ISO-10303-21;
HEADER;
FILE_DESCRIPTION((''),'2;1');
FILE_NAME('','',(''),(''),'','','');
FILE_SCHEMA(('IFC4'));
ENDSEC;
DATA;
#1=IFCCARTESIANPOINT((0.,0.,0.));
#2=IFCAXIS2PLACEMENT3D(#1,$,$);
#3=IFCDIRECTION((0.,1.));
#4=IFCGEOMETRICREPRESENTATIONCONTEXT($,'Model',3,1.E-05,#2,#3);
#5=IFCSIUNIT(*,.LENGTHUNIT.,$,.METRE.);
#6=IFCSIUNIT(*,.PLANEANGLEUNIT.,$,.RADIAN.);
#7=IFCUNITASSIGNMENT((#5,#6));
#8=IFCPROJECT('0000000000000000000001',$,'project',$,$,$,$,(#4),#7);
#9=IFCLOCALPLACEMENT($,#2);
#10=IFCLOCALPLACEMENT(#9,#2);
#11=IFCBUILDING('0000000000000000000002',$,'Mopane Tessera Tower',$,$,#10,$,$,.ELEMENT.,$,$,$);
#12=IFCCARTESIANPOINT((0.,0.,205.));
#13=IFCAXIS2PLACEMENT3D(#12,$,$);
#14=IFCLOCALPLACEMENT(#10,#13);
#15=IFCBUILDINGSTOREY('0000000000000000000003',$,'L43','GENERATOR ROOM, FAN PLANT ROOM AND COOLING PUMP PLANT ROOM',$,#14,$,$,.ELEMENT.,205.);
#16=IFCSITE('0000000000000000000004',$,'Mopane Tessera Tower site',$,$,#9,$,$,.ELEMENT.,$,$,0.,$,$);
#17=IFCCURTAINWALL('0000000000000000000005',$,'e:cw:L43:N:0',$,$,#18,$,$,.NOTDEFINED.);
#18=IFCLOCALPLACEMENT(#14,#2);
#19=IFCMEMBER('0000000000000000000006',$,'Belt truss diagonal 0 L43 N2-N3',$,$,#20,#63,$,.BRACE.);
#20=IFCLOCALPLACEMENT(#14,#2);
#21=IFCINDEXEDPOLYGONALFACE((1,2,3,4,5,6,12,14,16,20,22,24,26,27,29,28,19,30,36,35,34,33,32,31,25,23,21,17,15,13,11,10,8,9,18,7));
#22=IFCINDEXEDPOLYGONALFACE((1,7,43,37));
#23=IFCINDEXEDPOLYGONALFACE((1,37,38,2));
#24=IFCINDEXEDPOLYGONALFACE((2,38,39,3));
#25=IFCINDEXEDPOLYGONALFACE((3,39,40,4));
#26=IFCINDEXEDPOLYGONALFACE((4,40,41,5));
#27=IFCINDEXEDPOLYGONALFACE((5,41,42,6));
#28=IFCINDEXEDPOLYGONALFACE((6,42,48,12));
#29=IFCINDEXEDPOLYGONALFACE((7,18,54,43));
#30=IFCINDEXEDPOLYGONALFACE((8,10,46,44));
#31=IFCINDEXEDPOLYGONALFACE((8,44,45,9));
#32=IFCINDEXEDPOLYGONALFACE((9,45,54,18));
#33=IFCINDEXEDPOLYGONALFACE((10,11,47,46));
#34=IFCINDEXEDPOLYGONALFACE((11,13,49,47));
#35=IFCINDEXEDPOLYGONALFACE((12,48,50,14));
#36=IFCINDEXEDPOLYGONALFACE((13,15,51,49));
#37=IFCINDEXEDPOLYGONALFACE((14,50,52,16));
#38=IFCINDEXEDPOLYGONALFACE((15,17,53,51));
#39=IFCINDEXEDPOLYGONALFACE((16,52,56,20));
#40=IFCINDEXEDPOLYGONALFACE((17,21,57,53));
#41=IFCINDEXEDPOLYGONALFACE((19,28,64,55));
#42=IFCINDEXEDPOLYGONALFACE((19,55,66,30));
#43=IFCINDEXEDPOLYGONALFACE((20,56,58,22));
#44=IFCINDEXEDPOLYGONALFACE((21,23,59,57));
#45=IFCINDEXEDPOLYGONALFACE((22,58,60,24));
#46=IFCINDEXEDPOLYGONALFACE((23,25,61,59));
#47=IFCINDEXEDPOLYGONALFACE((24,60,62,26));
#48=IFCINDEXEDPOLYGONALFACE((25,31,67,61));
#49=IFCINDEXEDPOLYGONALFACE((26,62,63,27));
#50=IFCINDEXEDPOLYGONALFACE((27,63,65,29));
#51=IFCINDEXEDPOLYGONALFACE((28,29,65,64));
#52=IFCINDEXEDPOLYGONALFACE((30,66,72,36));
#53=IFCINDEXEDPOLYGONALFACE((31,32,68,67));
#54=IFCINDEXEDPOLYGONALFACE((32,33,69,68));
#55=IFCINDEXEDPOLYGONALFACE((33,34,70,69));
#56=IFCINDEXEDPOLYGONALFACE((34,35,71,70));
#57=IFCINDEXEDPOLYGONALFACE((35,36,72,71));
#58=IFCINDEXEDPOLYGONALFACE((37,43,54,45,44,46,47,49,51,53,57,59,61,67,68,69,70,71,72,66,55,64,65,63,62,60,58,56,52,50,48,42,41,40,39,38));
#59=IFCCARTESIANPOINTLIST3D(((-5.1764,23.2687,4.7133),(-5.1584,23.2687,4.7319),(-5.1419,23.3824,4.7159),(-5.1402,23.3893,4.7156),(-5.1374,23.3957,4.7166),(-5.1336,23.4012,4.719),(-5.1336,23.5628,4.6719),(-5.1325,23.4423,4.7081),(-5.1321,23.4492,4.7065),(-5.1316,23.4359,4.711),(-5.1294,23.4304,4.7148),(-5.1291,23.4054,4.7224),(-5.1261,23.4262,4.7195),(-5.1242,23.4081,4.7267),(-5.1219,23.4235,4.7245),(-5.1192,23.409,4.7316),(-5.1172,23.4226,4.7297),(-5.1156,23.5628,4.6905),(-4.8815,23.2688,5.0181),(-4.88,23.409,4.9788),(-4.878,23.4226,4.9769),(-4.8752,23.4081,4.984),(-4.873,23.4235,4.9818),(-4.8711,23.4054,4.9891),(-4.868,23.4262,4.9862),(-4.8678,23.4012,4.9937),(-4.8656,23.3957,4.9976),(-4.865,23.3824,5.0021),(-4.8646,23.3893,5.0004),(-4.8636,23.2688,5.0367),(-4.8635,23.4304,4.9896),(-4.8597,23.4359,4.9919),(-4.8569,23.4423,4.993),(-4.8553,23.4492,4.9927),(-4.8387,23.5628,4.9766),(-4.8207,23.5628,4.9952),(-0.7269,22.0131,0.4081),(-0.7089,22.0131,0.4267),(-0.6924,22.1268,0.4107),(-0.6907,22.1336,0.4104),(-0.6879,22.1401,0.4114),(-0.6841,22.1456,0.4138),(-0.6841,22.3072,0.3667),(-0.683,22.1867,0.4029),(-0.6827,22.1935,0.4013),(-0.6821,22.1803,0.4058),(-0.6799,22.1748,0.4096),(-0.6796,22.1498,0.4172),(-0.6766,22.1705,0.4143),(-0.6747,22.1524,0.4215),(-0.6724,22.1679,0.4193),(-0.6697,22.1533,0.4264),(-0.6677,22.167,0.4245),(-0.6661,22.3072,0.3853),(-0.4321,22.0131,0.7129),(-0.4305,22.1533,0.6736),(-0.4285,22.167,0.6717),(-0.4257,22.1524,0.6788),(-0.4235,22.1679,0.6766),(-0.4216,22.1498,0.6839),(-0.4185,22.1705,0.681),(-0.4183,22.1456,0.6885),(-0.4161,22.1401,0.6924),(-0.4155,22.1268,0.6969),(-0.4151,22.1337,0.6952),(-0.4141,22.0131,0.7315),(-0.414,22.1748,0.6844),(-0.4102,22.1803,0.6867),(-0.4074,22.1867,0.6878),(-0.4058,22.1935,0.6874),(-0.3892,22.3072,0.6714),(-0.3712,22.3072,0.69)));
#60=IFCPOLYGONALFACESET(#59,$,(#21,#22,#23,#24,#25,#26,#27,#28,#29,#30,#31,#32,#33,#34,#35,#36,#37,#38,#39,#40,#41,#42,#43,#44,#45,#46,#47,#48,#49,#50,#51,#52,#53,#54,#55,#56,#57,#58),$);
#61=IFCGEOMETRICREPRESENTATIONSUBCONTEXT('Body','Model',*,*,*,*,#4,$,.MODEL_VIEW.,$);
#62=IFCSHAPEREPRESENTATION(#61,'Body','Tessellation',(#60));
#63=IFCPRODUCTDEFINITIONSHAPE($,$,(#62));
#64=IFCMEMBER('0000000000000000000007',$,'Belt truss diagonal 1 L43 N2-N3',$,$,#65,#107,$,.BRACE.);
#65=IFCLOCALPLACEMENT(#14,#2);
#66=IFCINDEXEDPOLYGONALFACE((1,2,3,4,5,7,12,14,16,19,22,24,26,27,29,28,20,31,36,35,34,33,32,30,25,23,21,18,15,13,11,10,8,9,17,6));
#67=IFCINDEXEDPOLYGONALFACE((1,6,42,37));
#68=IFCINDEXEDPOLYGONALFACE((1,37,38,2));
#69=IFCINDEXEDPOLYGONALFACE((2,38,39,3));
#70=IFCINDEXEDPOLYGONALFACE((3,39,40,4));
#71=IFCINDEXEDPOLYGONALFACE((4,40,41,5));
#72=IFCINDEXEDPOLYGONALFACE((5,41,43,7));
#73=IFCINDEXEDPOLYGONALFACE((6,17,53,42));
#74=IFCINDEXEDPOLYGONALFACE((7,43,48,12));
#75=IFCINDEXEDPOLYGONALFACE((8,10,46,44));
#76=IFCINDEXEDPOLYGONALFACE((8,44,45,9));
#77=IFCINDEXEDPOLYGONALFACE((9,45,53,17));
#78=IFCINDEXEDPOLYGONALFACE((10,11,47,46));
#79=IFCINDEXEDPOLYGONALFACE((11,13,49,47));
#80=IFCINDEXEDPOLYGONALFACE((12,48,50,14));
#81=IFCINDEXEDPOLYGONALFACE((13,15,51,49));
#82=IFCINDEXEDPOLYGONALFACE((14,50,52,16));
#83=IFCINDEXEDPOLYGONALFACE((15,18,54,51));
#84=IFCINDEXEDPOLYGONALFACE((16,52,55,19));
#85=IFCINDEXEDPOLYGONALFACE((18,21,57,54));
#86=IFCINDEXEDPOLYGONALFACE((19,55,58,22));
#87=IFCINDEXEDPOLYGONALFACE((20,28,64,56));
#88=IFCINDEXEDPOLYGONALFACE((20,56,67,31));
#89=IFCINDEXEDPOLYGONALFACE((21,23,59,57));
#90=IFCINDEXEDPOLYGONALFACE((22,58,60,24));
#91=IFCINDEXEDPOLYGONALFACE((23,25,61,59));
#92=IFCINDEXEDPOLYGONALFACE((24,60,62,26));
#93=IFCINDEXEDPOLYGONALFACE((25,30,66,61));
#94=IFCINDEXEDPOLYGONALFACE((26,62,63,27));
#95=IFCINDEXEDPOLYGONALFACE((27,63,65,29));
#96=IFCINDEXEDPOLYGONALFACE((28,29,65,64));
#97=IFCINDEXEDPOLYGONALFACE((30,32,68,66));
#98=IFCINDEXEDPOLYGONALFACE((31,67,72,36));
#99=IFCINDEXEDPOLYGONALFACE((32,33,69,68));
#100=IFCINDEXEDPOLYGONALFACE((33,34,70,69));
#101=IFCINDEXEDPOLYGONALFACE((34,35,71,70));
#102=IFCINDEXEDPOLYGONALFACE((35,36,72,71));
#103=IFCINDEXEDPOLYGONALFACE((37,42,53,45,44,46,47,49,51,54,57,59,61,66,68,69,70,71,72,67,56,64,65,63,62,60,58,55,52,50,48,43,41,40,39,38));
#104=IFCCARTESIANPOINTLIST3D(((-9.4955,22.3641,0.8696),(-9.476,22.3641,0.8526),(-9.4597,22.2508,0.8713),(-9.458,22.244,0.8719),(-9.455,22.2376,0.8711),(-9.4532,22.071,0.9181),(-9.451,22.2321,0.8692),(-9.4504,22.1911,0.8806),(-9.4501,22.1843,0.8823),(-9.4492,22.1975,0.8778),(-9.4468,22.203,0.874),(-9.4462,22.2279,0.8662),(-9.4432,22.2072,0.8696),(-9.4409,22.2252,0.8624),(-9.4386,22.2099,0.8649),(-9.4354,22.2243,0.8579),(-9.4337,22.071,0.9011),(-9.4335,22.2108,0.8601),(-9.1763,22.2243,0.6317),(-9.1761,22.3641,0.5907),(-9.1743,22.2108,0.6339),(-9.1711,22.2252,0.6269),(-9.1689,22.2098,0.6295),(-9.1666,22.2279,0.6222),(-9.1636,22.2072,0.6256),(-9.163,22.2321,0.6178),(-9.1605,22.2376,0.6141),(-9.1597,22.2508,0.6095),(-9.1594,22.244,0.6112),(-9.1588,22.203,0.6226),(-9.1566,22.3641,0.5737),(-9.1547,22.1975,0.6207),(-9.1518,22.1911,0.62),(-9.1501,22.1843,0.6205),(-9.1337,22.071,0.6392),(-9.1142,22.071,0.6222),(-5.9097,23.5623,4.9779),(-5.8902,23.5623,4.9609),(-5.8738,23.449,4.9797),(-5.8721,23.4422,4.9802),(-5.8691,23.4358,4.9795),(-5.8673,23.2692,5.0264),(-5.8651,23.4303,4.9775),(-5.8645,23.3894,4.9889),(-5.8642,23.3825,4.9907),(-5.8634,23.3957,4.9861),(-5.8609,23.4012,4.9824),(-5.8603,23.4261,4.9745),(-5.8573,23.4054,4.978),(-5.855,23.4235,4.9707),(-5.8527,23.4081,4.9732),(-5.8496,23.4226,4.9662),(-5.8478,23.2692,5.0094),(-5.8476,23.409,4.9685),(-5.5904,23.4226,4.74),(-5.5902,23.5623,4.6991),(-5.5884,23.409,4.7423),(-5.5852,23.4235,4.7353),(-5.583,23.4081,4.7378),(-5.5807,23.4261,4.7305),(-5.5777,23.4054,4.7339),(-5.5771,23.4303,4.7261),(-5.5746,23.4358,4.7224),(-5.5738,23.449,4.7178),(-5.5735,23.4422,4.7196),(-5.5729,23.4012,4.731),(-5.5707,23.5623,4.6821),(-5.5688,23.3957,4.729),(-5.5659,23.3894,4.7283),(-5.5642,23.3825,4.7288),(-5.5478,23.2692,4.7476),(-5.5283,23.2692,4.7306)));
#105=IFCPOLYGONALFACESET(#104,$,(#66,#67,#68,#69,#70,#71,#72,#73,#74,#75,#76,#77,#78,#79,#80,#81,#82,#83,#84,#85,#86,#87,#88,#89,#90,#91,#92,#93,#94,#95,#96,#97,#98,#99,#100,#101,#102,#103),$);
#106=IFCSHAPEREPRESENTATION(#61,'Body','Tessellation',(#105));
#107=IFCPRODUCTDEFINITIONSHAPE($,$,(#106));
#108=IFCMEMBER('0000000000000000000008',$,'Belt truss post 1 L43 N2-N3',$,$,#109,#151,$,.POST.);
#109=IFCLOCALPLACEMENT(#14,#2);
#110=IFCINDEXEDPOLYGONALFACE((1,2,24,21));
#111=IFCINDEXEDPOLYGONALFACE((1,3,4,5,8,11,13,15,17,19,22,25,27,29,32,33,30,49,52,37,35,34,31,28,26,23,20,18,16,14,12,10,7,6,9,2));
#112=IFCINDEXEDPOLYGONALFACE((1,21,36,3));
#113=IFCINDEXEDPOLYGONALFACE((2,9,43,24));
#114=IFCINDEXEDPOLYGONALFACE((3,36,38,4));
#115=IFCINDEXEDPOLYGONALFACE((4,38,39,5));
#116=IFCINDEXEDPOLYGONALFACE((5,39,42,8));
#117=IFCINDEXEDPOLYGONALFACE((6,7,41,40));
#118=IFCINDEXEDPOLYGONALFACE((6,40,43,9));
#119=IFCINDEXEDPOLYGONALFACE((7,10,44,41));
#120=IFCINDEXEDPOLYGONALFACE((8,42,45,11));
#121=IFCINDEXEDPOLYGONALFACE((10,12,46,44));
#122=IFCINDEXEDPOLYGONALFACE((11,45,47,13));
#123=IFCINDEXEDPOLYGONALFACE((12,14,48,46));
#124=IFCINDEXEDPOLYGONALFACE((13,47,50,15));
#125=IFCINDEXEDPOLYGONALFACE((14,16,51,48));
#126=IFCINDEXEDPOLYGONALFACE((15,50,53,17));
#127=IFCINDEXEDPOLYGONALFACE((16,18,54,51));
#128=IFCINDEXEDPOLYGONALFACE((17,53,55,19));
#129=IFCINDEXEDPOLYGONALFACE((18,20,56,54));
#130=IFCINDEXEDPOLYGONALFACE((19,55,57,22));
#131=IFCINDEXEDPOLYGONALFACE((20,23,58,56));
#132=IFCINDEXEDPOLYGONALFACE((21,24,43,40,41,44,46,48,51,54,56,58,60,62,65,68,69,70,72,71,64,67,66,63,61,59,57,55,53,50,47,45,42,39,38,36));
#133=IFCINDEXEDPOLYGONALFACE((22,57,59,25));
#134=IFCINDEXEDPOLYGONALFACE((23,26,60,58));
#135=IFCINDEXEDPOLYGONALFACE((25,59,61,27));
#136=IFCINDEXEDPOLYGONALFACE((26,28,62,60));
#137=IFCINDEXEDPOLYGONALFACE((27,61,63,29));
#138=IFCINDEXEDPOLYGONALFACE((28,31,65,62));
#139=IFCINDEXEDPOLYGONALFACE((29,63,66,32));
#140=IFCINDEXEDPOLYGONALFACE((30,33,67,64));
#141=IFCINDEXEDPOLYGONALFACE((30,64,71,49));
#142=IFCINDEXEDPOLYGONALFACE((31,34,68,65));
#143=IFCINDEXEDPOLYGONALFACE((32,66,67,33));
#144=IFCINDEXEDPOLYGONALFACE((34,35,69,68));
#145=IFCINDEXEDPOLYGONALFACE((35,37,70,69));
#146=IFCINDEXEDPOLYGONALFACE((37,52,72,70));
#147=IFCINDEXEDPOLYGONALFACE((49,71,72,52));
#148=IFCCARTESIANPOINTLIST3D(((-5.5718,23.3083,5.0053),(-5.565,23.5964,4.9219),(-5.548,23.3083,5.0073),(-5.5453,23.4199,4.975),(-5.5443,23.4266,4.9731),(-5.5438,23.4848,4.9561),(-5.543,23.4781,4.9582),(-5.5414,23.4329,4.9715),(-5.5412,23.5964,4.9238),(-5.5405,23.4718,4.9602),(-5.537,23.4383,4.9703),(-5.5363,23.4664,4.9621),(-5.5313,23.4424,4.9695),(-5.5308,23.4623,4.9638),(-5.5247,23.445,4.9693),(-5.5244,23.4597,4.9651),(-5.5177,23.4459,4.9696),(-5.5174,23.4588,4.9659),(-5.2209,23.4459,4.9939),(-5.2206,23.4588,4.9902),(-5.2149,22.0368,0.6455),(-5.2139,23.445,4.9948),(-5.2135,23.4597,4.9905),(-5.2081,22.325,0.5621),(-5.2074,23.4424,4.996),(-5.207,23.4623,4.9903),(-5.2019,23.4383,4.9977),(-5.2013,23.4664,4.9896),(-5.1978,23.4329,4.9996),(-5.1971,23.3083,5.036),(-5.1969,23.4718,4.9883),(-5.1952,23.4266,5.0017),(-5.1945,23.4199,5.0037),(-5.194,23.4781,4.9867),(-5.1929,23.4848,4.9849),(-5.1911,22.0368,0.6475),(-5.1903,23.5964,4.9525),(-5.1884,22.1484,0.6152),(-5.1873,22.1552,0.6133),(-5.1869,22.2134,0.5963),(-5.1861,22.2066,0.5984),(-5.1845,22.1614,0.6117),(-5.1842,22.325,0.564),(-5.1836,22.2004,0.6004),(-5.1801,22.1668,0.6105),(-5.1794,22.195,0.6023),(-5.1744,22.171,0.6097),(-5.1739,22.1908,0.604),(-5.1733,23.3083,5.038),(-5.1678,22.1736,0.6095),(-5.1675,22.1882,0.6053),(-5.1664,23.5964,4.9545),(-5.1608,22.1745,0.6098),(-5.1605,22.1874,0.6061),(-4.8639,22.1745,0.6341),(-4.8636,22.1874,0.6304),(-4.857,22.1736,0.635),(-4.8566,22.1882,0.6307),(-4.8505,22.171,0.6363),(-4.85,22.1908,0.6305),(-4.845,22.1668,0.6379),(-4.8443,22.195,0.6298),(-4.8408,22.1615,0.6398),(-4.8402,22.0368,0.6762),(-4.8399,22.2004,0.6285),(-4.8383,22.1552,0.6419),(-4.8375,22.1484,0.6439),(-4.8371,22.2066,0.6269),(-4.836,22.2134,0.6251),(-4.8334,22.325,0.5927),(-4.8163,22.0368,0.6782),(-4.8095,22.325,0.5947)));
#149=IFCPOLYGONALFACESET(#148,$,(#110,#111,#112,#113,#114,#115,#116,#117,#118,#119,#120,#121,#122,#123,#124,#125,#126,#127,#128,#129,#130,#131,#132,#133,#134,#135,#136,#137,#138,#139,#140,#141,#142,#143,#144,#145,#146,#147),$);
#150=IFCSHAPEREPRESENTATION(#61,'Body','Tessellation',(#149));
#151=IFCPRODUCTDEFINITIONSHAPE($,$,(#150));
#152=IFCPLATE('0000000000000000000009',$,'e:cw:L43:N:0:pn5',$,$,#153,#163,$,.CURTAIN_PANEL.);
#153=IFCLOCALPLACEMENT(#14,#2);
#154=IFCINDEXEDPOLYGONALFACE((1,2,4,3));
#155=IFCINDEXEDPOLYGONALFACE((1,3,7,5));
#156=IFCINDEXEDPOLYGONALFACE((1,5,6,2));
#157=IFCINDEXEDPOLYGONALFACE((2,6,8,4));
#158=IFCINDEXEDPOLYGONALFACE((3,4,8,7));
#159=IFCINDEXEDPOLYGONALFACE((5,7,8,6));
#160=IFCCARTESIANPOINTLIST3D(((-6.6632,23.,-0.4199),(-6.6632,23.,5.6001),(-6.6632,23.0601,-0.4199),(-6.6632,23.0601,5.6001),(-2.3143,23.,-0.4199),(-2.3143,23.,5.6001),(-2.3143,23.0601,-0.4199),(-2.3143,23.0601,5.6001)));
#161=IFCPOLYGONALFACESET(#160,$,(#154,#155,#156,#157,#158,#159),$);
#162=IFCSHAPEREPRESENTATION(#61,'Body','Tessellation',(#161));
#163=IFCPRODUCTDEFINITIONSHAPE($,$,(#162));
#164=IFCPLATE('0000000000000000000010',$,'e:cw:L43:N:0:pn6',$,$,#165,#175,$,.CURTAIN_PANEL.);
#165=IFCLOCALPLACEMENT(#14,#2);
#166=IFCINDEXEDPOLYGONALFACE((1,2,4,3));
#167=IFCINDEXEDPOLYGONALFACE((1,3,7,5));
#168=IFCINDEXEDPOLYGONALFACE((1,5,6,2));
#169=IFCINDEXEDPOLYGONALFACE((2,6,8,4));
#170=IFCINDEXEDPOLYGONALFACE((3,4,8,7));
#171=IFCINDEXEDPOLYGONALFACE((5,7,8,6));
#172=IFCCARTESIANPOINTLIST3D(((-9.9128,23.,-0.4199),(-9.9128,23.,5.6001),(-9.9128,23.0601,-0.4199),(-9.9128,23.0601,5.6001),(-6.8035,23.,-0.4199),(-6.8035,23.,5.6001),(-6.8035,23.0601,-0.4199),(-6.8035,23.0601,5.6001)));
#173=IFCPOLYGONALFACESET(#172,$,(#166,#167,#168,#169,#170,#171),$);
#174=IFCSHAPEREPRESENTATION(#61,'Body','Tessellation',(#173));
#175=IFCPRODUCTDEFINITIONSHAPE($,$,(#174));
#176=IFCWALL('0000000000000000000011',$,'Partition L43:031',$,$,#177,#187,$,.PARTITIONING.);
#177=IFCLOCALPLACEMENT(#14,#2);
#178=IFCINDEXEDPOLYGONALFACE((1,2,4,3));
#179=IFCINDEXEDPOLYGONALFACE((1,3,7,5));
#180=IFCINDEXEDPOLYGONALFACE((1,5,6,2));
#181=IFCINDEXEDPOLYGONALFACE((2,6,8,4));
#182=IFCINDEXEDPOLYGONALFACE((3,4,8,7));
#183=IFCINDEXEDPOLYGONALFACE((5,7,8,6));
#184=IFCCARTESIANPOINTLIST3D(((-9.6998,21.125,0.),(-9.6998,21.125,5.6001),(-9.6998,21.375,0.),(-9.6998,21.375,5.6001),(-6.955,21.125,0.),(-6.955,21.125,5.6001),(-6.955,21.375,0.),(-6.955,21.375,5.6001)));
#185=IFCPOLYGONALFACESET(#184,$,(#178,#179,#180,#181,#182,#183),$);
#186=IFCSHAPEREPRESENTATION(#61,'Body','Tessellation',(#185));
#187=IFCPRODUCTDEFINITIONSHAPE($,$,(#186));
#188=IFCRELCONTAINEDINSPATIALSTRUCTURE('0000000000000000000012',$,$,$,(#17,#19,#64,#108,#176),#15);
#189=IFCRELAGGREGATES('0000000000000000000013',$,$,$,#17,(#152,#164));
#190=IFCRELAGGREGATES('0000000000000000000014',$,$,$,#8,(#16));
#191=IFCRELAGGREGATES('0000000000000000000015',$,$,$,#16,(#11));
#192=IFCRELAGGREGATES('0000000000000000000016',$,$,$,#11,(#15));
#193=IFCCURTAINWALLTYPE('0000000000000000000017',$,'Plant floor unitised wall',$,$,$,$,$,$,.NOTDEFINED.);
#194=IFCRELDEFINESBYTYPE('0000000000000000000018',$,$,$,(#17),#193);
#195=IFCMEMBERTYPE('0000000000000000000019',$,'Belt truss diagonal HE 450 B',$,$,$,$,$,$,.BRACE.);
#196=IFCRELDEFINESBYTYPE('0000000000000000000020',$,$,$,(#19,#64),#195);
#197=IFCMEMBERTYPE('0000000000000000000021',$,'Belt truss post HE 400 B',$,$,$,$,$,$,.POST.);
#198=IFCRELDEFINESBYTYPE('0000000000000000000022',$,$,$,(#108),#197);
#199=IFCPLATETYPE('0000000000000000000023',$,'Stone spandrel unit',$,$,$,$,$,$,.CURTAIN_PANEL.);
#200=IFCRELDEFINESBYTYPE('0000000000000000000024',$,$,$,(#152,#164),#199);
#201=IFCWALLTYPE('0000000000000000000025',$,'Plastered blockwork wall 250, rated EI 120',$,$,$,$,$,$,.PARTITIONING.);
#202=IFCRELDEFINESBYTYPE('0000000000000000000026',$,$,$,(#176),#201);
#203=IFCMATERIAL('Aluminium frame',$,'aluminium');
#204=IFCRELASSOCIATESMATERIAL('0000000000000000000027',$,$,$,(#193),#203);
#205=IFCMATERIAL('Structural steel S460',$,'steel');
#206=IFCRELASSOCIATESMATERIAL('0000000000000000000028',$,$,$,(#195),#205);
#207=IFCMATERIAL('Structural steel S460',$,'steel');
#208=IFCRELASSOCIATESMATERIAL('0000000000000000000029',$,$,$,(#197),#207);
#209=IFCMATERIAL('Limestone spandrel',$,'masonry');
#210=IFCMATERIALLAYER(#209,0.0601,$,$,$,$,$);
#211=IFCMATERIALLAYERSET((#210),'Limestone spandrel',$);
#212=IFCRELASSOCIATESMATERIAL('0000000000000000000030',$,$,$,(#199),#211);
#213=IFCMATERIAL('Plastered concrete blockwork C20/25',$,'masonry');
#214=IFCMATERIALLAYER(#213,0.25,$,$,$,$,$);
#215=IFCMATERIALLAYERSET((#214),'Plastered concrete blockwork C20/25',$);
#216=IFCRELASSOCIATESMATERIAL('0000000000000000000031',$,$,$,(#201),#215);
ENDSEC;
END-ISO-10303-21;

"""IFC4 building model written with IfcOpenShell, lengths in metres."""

from ifc_helpers import new_model, si_unit, direction, frame, frame_2d, origin, origin_2d, place, context, subcontext, project, spatial, rectangle, i_section, extrude, material, layer, layer_set, material_profile, profile_set, type_object, element, aggregate, save


model = new_model("IFC4")

# Units and contexts
model_context = context("Model", 3, precision=1e-05, world=origin(), true_north=direction((0.0, 1.0)))
body_context = subcontext(model_context, "Body", "Model", "MODEL_VIEW")
ifc_project = project(units=[si_unit("LENGTHUNIT", "METRE"), si_unit("PLANEANGLEUNIT", "RADIAN")], contexts=[model_context])

# Site, building, storey
site_placement = place(None, origin())
site = spatial("IfcSite", under=ifc_project, at=site_placement, Name="Mopane Tessera Tower site", CompositionType="ELEMENT", RefElevation=0.0)
building_placement = place(site_placement, origin())
building = spatial("IfcBuilding", under=site, at=building_placement, Name="Mopane Tessera Tower", CompositionType="ELEMENT")
storey_placement = place(building_placement, frame((0.0, 0.0, 205.0)))
storey = spatial("IfcBuildingStorey", under=building, at=storey_placement, Name="L43", Description="GENERATOR ROOM, FAN PLANT ROOM AND COOLING PUMP PLANT ROOM", CompositionType="ELEMENT", Elevation=205.0)

# Curtain wall
ifc_material_1 = material(Name="Aluminium frame", Category="aluminium")
curtain_wall_type = type_object("IfcCurtainWallType", Name="Plant floor unitised wall", PredefinedType="NOTDEFINED", material=ifc_material_1)
curtain_wall_placement = place(storey_placement, origin())
curtain_wall = element("IfcCurtainWall", 1, at=curtain_wall_placement, inside=storey, type_object=curtain_wall_type, Name="e:cw:L43:N:0", PredefinedType="NOTDEFINED")

# Members
ifc_material_2 = material(Name="Structural steel S460", Category="steel")
ifc_material_profile_1 = material_profile(ifc_material_2, i_section(OverallWidth=0.3, OverallDepth=0.45, WebThickness=0.0139, FlangeThickness=0.0259, FilletRadius=0.0271, at=origin_2d()))
ifc_profile_set_1 = profile_set([ifc_material_profile_1], Name="Structural steel S460")
member_type_1 = type_object("IfcMemberType", Name="Belt truss diagonal HE 450 B", PredefinedType="BRACE", material=ifc_profile_set_1)
member_1_placement = place(storey_placement, frame((-0.5491, 22.1602, 0.5491), z_axis=(-0.704325, 0.198757, 0.681485), x_axis=(-0.142831, -0.980049, 0.138216)))
element("IfcMember", 2, at=member_1_placement, inside=storey, type_object=member_type_1, Name="Belt truss diagonal 0 L43 N2-N3", PredefinedType="BRACE", context=body_context, shape_type="SweptSolid", body=[
    extrude(i_section(OverallWidth=0.3, OverallDepth=0.45, WebThickness=0.0139, FlangeThickness=0.0259, FilletRadius=0.0271, at=origin_2d()), origin(), (0.0, 0.0, 1.0), 6.3174),
])
member_2_placement = place(storey_placement, frame((-5.719, 23.4158, 4.8542), z_axis=(-0.642257, -0.21461, -0.735832), x_axis=(0.14112, -0.9767, 0.161687)))
element("IfcMember", 3, at=member_2_placement, inside=storey, type_object=member_type_1, Name="Belt truss diagonal 1 L43 N2-N3", PredefinedType="BRACE", context=body_context, shape_type="SweptSolid", body=[
    extrude(i_section(OverallWidth=0.3, OverallDepth=0.45, WebThickness=0.0139, FlangeThickness=0.0259, FilletRadius=0.0271, at=origin_2d()), origin(), (0.0, 0.0, 1.0), 5.5833),
])
ifc_material_3 = material(Name="Structural steel S460", Category="steel")
ifc_material_profile_2 = material_profile(ifc_material_3, i_section(OverallWidth=0.3, OverallDepth=0.3999, WebThickness=0.0134, FlangeThickness=0.0239, FilletRadius=0.0271, at=origin_2d()))
ifc_profile_set_2 = profile_set([ifc_material_profile_2], Name="Structural steel S460")
member_type_2 = type_object("IfcMemberType", Name="Belt truss post HE 400 B", PredefinedType="POST", material=ifc_profile_set_2)
member_3_placement = place(storey_placement, frame((-5.0122, 22.1809, 0.6201), z_axis=(-0.078352, 0.27911, 0.957057), x_axis=(-0.022757, -0.960259, 0.278181)))
element("IfcMember", 4, at=member_3_placement, inside=storey, type_object=member_type_2, Name="Belt truss post 1 L43 N2-N3", PredefinedType="POST", context=body_context, shape_type="SweptSolid", body=[
    extrude(i_section(OverallWidth=0.3, OverallDepth=0.3999, WebThickness=0.0134, FlangeThickness=0.0239, FilletRadius=0.0271, at=origin_2d()), origin(), (0.0, 0.0, 1.0), 4.5554),
])

# Plates
ifc_material_4 = material(Name="Limestone spandrel", Category="masonry")
ifc_layer_1 = layer(ifc_material_4, 0.0601)
ifc_layer_set_1 = layer_set([ifc_layer_1], Name="Limestone spandrel")
plate_type = type_object("IfcPlateType", Name="Stone spandrel unit", PredefinedType="CURTAIN_PANEL", material=ifc_layer_set_1)
plate_1_placement = place(storey_placement, frame((-4.4888, 23.03, -0.4199), z_axis=(0.0, 0.0, 1.0), x_axis=(-1.0, 0.0, 0.0)))
plate_1 = element("IfcPlate", 5, at=plate_1_placement, type_object=plate_type, Name="e:cw:L43:N:0:pn5", PredefinedType="CURTAIN_PANEL", context=body_context, shape_type="SweptSolid", body=[
    extrude(rectangle(XDim=4.3489, YDim=0.0601, at=origin_2d()), origin(), (0.0, 0.0, 1.0), 6.02),
])
plate_2_placement = place(storey_placement, frame((-8.3582, 23.03, -0.4199), z_axis=(0.0, 0.0, 1.0), x_axis=(-1.0, 0.0, 0.0)))
plate_2 = element("IfcPlate", 6, at=plate_2_placement, type_object=plate_type, Name="e:cw:L43:N:0:pn6", PredefinedType="CURTAIN_PANEL", context=body_context, shape_type="SweptSolid", body=[
    extrude(rectangle(XDim=3.1094, YDim=0.0601, at=origin_2d()), origin(), (0.0, 0.0, 1.0), 6.02),
])
aggregate(curtain_wall, [plate_1, plate_2])

# Wall
ifc_material_5 = material(Name="Plastered concrete blockwork C20/25", Category="masonry")
ifc_layer_2 = layer(ifc_material_5, 0.25)
ifc_layer_set_2 = layer_set([ifc_layer_2], Name="Plastered concrete blockwork C20/25")
wall_type = type_object("IfcWallType", Name="Plastered blockwork wall 250, rated EI 120", PredefinedType="PARTITIONING", material=ifc_layer_set_2)
wall_1_placement = place(storey_placement, frame((-9.7, 21.25, 0.0), z_axis=(0.0, 0.0, 1.0), x_axis=(1.0, 0.0, 0.0)))
element("IfcWall", 7, at=wall_1_placement, inside=storey, type_object=wall_type, Name="Partition L43:031", PredefinedType="PARTITIONING", context=body_context, shape_type="SweptSolid", body=[
    extrude(rectangle(XDim=2.7449, YDim=0.25, at=frame_2d((1.3726, 0.0))), origin(), (0.0, 0.0, 1.0), 5.6001),
])

save(model, "model.ifc")
